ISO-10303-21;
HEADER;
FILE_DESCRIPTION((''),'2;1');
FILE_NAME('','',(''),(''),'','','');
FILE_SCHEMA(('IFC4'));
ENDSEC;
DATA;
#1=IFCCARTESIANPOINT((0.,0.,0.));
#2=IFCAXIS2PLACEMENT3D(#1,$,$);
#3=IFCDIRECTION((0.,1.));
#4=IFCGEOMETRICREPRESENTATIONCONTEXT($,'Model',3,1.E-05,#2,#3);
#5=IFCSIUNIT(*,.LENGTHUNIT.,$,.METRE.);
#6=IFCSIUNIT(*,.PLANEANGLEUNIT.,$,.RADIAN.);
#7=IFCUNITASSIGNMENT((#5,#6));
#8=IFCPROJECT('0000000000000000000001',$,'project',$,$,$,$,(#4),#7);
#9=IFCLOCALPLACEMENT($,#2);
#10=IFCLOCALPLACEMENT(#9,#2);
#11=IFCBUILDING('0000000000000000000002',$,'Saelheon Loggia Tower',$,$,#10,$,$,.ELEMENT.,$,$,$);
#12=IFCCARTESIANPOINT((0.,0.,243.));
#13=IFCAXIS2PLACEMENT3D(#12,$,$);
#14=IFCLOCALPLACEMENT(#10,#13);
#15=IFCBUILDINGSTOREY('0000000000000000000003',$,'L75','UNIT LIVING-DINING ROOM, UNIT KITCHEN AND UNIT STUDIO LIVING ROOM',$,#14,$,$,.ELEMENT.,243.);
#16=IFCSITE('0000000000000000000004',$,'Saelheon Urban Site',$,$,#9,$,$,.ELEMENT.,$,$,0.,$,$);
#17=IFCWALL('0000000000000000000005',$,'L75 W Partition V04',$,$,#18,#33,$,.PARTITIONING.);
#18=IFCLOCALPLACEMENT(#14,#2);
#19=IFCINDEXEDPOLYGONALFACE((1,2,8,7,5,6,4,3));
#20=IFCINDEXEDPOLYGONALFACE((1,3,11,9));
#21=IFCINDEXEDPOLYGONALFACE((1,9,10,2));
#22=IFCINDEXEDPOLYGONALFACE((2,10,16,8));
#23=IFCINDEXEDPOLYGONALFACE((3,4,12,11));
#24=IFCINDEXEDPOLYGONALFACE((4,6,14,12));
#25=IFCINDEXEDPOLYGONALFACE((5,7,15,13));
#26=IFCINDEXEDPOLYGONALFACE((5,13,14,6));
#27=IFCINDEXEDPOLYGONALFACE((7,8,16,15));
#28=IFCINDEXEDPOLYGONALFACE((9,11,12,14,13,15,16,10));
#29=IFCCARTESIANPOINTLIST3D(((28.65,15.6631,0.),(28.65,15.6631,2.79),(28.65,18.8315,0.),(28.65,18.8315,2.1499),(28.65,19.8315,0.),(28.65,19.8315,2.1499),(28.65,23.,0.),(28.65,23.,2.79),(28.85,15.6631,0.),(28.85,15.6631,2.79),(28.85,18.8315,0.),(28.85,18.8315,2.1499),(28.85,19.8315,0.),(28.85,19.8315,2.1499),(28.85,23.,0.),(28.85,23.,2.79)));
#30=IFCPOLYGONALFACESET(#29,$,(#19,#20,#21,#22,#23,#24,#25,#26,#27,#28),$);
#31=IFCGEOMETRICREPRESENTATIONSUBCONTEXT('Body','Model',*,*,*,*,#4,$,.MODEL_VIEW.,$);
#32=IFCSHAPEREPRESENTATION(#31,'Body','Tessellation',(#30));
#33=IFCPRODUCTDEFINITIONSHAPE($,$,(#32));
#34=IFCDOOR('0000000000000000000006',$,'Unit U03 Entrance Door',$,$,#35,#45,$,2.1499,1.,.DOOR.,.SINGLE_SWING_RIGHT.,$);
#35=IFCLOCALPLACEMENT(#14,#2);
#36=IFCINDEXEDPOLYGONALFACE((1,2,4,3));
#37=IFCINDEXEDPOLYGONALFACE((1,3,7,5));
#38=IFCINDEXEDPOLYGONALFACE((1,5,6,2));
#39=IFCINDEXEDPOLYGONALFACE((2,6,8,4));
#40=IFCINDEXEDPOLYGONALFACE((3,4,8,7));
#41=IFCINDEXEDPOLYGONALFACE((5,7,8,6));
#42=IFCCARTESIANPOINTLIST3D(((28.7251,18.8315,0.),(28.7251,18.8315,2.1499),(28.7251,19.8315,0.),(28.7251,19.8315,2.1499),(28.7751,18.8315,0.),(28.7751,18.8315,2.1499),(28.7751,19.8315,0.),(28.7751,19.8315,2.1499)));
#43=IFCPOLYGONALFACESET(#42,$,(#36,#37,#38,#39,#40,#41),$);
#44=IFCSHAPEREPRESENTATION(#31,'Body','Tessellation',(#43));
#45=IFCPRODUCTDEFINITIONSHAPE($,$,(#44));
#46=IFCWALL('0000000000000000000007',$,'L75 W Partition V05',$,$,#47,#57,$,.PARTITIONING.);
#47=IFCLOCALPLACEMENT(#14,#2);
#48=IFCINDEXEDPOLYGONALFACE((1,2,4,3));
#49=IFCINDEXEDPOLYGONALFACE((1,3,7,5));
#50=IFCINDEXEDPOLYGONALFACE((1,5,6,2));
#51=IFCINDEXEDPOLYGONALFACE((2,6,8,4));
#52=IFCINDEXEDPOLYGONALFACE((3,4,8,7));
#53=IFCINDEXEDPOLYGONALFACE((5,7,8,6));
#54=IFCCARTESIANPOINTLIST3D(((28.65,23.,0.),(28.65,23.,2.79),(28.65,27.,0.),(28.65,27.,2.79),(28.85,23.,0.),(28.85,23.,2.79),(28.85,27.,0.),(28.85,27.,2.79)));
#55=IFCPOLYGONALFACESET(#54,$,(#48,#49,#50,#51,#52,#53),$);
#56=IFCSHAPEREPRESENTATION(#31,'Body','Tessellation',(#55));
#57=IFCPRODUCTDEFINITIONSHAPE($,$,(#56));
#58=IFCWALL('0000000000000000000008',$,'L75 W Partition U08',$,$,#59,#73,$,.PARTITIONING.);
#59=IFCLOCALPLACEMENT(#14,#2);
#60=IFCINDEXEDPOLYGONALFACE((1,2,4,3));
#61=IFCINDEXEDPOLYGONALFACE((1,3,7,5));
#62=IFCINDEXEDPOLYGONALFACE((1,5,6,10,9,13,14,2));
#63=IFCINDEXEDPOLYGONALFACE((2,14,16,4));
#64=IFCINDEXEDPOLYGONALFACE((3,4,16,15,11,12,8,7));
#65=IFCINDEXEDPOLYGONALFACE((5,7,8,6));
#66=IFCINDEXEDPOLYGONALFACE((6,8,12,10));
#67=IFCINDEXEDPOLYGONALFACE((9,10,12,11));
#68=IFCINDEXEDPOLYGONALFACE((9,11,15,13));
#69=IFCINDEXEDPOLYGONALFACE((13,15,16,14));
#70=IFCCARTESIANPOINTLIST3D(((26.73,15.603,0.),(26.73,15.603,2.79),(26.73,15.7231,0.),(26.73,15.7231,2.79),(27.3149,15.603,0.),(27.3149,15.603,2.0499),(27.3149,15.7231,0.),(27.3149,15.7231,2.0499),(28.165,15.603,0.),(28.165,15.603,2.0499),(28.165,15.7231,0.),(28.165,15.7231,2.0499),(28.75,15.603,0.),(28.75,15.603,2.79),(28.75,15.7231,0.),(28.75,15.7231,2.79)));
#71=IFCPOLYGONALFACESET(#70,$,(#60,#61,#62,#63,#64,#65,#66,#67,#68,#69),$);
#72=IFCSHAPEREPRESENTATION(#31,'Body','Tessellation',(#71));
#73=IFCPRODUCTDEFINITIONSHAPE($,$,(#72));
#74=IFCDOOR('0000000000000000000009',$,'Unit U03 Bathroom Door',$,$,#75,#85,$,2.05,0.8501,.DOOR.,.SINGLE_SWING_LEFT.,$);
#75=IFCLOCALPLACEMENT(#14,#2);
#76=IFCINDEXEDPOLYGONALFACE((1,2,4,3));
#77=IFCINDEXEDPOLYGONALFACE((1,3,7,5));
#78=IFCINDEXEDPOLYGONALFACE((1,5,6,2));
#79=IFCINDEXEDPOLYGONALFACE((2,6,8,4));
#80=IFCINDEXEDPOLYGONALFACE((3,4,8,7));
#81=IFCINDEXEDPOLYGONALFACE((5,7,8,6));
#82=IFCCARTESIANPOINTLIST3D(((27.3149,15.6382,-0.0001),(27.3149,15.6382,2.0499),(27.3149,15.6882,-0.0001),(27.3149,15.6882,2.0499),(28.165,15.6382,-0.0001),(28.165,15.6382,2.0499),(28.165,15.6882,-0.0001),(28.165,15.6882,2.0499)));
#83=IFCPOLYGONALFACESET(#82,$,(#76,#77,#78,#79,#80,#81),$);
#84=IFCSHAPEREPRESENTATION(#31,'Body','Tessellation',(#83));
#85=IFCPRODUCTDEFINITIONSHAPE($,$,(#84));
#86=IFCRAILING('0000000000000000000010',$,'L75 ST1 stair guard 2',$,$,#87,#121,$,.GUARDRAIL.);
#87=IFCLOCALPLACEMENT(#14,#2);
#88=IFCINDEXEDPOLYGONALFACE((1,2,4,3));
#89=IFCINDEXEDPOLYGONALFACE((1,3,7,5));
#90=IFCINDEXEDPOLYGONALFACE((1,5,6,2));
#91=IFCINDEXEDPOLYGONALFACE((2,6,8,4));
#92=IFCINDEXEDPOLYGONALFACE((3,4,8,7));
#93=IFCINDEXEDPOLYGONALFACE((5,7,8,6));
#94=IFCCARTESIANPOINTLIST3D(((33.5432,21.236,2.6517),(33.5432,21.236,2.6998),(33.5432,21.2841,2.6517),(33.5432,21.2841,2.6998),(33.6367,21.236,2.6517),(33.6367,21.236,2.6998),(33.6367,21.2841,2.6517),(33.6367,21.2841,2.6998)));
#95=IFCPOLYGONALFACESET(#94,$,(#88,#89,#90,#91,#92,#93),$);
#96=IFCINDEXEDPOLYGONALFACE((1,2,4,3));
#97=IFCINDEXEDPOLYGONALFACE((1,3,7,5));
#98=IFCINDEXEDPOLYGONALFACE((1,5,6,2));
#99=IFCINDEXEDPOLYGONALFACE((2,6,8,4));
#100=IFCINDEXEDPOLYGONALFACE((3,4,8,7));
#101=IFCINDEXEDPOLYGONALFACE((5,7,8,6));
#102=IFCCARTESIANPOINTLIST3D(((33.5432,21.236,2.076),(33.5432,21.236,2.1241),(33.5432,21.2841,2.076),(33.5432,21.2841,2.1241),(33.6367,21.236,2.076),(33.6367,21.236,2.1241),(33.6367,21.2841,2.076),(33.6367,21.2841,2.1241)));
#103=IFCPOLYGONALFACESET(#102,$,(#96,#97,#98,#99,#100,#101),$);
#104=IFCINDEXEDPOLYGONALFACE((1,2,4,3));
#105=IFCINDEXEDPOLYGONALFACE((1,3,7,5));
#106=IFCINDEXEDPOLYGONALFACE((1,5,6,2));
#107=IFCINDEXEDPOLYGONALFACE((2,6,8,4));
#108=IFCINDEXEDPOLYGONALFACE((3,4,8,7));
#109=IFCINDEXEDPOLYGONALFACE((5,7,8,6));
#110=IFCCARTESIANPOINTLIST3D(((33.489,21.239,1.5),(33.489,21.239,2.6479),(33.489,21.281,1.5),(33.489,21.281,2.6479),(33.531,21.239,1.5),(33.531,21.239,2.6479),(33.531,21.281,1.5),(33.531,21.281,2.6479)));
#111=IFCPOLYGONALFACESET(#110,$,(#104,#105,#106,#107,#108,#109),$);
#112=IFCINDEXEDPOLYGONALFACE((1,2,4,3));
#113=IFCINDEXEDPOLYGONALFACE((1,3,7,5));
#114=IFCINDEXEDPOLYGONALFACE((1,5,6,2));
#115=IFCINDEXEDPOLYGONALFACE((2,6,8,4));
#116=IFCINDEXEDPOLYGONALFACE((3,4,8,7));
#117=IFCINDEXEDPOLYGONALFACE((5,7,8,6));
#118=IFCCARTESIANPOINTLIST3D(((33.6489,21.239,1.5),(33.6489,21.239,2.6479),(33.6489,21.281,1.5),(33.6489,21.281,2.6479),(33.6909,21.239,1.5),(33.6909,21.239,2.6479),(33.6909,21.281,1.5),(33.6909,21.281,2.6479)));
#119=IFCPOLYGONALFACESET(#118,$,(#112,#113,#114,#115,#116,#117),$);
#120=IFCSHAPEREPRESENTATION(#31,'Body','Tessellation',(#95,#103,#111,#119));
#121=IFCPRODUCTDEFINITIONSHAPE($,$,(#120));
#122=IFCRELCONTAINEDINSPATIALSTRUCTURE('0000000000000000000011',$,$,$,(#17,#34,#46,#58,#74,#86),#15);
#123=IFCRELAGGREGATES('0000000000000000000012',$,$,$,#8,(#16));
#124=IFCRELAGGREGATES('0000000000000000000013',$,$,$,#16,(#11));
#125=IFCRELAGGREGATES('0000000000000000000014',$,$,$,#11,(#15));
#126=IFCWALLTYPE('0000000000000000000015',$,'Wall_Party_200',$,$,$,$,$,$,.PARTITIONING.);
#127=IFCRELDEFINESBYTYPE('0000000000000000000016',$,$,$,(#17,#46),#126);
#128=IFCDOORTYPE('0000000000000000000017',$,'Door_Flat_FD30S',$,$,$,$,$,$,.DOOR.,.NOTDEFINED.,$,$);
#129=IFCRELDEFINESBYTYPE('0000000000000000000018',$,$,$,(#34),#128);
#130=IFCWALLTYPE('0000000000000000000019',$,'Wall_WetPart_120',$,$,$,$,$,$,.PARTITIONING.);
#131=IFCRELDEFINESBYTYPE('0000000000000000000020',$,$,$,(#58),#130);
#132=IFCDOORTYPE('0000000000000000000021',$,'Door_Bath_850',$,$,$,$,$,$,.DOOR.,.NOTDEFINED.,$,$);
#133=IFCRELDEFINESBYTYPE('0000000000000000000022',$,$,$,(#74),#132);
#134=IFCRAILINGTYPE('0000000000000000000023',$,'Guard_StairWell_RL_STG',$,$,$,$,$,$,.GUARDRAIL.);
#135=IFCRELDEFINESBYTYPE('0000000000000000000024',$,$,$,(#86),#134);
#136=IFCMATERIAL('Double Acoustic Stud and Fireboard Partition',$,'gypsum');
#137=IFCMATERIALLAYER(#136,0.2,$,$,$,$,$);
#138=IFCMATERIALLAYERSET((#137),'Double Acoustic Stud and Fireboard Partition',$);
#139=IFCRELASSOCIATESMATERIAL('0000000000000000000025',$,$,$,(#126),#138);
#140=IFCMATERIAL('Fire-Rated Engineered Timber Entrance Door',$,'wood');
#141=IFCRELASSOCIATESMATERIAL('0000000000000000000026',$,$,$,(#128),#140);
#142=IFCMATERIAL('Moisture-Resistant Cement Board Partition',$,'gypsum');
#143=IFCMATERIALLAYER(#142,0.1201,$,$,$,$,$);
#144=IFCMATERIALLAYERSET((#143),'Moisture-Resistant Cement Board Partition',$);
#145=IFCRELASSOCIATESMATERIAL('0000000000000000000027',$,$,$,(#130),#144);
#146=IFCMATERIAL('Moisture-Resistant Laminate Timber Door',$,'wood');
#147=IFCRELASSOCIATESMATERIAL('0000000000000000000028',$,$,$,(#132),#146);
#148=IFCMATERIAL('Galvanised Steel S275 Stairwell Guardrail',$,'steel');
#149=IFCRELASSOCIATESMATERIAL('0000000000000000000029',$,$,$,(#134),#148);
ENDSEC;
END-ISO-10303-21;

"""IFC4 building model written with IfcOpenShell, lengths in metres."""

from ifc_helpers import new_model, si_unit, direction, frame, frame_2d, origin, origin_2d, place, context, subcontext, project, spatial, rectangle, extrude, source, transform, mapped, material, layer, layer_set, type_object, element, fill, save


model = new_model("IFC4")

# Units and contexts
model_context = context("Model", 3, precision=1e-05, world=origin(), true_north=direction((0.0, 1.0)))
body_context = subcontext(model_context, "Body", "Model", "MODEL_VIEW")
ifc_project = project(units=[si_unit("LENGTHUNIT", "METRE"), si_unit("PLANEANGLEUNIT", "RADIAN")], contexts=[model_context])

# Site, building, storey
site_placement = place(None, origin())
site = spatial("IfcSite", under=ifc_project, at=site_placement, Name="Saelheon Urban Site", CompositionType="ELEMENT", RefElevation=0.0)
building_placement = place(site_placement, origin())
building = spatial("IfcBuilding", under=site, at=building_placement, Name="Saelheon Loggia Tower", CompositionType="ELEMENT")
storey_placement = place(building_placement, frame((0.0, 0.0, 243.0)))
storey = spatial("IfcBuildingStorey", under=building, at=storey_placement, Name="L75", Description="UNIT LIVING-DINING ROOM, UNIT KITCHEN AND UNIT STUDIO LIVING ROOM", CompositionType="ELEMENT", Elevation=243.0)

# Wall, opening, door
ifc_material_1 = material(Name="Double Acoustic Stud and Fireboard Partition", Category="gypsum")
ifc_layer_1 = layer(ifc_material_1, 0.2)
ifc_layer_set_1 = layer_set([ifc_layer_1], Name="Double Acoustic Stud and Fireboard Partition")
wall_type_1 = type_object("IfcWallType", Name="Wall_Party_200", PredefinedType="PARTITIONING", material=ifc_layer_set_1)
wall_1_placement = place(storey_placement, frame((28.75, 15.6631, 0.0), z_axis=(0.0, 0.0, 1.0), x_axis=(0.0, 1.0, 0.0)))
wall_1 = element("IfcWall", 1, at=wall_1_placement, inside=storey, type_object=wall_type_1, Name="L75 W Partition V04", PredefinedType="PARTITIONING", context=body_context, shape_type="SweptSolid", body=[
    extrude(rectangle(XDim=7.3369, YDim=0.2, at=frame_2d((3.6685, 0.0))), origin(), (0.0, 0.0, 1.0), 2.79),
])
opening_1_placement = place(wall_1_placement, frame((3.1685, 0.0, 0.0)))
opening_1 = element("IfcOpeningElement", 2, at=opening_1_placement, cuts=wall_1, PredefinedType="OPENING", context=body_context, shape_type="SweptSolid", body=[
    extrude(rectangle(XDim=1.0, YDim=2.1499, at=frame_2d((0.5, 1.075))), frame((0.0, 0.1121, 0.0), z_axis=(0.0, -1.0, 0.0), x_axis=(1.0, 0.0, 0.0)), (0.0, 0.0, 1.0), 0.2239),
])
ifc_material_2 = material(Name="Fire-Rated Engineered Timber Entrance Door", Category="wood")
door_type_1 = type_object("IfcDoorType", Name="Door_Flat_FD30S", OperationType="NOTDEFINED", PredefinedType="DOOR", material=ifc_material_2)
shared_shape_1 = source(origin(), body_context, "Body", "SweptSolid", [
    extrude(rectangle(XDim=1.0, YDim=2.1499, at=frame_2d((0.5, 1.075))), frame((0.0, 0.0249, 0.0), z_axis=(0.0, -1.0, 0.0), x_axis=(1.0, 0.0, 0.0)), (0.0, 0.0, 1.0), 0.05),
])
door_1_placement = place(opening_1_placement, origin())
door_1 = element("IfcDoor", 3, at=door_1_placement, inside=storey, type_object=door_type_1, Name="Unit U03 Entrance Door", OperationType="SINGLE_SWING_RIGHT", OverallHeight=2.1499, OverallWidth=1.0, PredefinedType="DOOR", context=body_context, shape_type="MappedRepresentation", body=[
    mapped(shared_shape_1, transform((0.0, 0.0, 0.0), scale=1.0)),
])
fill(opening_1, door_1)

# Wall
wall_2_placement = place(storey_placement, frame((28.75, 23.0, 0.0), z_axis=(0.0, 0.0, 1.0), x_axis=(0.0, 1.0, 0.0)))
element("IfcWall", 4, at=wall_2_placement, inside=storey, type_object=wall_type_1, Name="L75 W Partition V05", PredefinedType="PARTITIONING", context=body_context, shape_type="SweptSolid", body=[
    extrude(rectangle(XDim=4.0, YDim=0.2, at=frame_2d((2.0, 0.0))), origin(), (0.0, 0.0, 1.0), 2.79),
])

# Wall, opening, door
ifc_material_3 = material(Name="Moisture-Resistant Cement Board Partition", Category="gypsum")
ifc_layer_2 = layer(ifc_material_3, 0.1201)
ifc_layer_set_2 = layer_set([ifc_layer_2], Name="Moisture-Resistant Cement Board Partition")
wall_type_2 = type_object("IfcWallType", Name="Wall_WetPart_120", PredefinedType="PARTITIONING", material=ifc_layer_set_2)
wall_3_placement = place(storey_placement, frame((28.75, 15.6631, 0.0), z_axis=(0.0, 0.0, 1.0), x_axis=(-1.0, 0.0, 0.0)))
wall_3 = element("IfcWall", 5, at=wall_3_placement, inside=storey, type_object=wall_type_2, Name="L75 W Partition U08", PredefinedType="PARTITIONING", context=body_context, shape_type="SweptSolid", body=[
    extrude(rectangle(XDim=2.02, YDim=0.1201, at=frame_2d((1.01, 0.0))), origin(), (0.0, 0.0, 1.0), 2.79),
])
opening_2_placement = place(wall_3_placement, frame((0.585, 0.0, 0.0)))
opening_2 = element("IfcOpeningElement", 6, at=opening_2_placement, cuts=wall_3, PredefinedType="OPENING", context=body_context, shape_type="SweptSolid", body=[
    extrude(rectangle(XDim=0.8501, YDim=2.05, at=frame_2d((0.425, 1.0249))), frame((0.0, 0.072, 0.0), z_axis=(0.0, -1.0, 0.0), x_axis=(1.0, 0.0, 0.0)), (0.0, 0.0, 1.0), 0.144),
])
ifc_material_4 = material(Name="Moisture-Resistant Laminate Timber Door", Category="wood")
door_type_2 = type_object("IfcDoorType", Name="Door_Bath_850", OperationType="NOTDEFINED", PredefinedType="DOOR", material=ifc_material_4)
shared_shape_2 = source(origin(), body_context, "Body", "SweptSolid", [
    extrude(rectangle(XDim=0.8501, YDim=2.05, at=frame_2d((0.425, 1.0249))), frame((0.0, 0.0249, 0.0), z_axis=(0.0, -1.0, 0.0), x_axis=(1.0, 0.0, 0.0)), (0.0, 0.0, 1.0), 0.05),
])
door_2_placement = place(opening_2_placement, origin())
door_2 = element("IfcDoor", 7, at=door_2_placement, inside=storey, type_object=door_type_2, Name="Unit U03 Bathroom Door", OperationType="SINGLE_SWING_LEFT", OverallHeight=2.05, OverallWidth=0.8501, PredefinedType="DOOR", context=body_context, shape_type="MappedRepresentation", body=[
    mapped(shared_shape_2, transform((0.0, 0.0, 0.0), scale=1.0)),
])
fill(opening_2, door_2)

# Railing
ifc_material_5 = material(Name="Galvanised Steel S275 Stairwell Guardrail", Category="steel")
railing_type = type_object("IfcRailingType", Name="Guard_StairWell_RL_STG", PredefinedType="GUARDRAIL", material=ifc_material_5)
railing_1_placement = place(storey_placement, frame((33.51, 21.26, 1.5)))
element("IfcRailing", 8, at=railing_1_placement, inside=storey, type_object=railing_type, Name="L75 ST1 stair guard 2", PredefinedType="GUARDRAIL", context=body_context, shape_type="SweptSolid", body=[
    extrude(rectangle(XDim=0.0481, YDim=0.0481, at=origin_2d()), frame((0.0332, 0.0, 1.1758), z_axis=(1.0, 0.0, 0.0), x_axis=(0.0, 1.0, 0.0)), (0.0, 0.0, 1.0), 0.0935),
    extrude(rectangle(XDim=0.0481, YDim=0.0481, at=origin_2d()), frame((0.0332, 0.0, 0.6001), z_axis=(1.0, 0.0, 0.0), x_axis=(0.0, 1.0, 0.0)), (0.0, 0.0, 1.0), 0.0935),
    extrude(rectangle(XDim=0.042, YDim=0.042, at=origin_2d()), origin(), (0.0, 0.0, 1.0), 1.1479),
    extrude(rectangle(XDim=0.042, YDim=0.042, at=origin_2d()), frame((0.1599, 0.0, 0.0)), (0.0, 0.0, 1.0), 1.1479),
])

save(model, "model.ifc")
